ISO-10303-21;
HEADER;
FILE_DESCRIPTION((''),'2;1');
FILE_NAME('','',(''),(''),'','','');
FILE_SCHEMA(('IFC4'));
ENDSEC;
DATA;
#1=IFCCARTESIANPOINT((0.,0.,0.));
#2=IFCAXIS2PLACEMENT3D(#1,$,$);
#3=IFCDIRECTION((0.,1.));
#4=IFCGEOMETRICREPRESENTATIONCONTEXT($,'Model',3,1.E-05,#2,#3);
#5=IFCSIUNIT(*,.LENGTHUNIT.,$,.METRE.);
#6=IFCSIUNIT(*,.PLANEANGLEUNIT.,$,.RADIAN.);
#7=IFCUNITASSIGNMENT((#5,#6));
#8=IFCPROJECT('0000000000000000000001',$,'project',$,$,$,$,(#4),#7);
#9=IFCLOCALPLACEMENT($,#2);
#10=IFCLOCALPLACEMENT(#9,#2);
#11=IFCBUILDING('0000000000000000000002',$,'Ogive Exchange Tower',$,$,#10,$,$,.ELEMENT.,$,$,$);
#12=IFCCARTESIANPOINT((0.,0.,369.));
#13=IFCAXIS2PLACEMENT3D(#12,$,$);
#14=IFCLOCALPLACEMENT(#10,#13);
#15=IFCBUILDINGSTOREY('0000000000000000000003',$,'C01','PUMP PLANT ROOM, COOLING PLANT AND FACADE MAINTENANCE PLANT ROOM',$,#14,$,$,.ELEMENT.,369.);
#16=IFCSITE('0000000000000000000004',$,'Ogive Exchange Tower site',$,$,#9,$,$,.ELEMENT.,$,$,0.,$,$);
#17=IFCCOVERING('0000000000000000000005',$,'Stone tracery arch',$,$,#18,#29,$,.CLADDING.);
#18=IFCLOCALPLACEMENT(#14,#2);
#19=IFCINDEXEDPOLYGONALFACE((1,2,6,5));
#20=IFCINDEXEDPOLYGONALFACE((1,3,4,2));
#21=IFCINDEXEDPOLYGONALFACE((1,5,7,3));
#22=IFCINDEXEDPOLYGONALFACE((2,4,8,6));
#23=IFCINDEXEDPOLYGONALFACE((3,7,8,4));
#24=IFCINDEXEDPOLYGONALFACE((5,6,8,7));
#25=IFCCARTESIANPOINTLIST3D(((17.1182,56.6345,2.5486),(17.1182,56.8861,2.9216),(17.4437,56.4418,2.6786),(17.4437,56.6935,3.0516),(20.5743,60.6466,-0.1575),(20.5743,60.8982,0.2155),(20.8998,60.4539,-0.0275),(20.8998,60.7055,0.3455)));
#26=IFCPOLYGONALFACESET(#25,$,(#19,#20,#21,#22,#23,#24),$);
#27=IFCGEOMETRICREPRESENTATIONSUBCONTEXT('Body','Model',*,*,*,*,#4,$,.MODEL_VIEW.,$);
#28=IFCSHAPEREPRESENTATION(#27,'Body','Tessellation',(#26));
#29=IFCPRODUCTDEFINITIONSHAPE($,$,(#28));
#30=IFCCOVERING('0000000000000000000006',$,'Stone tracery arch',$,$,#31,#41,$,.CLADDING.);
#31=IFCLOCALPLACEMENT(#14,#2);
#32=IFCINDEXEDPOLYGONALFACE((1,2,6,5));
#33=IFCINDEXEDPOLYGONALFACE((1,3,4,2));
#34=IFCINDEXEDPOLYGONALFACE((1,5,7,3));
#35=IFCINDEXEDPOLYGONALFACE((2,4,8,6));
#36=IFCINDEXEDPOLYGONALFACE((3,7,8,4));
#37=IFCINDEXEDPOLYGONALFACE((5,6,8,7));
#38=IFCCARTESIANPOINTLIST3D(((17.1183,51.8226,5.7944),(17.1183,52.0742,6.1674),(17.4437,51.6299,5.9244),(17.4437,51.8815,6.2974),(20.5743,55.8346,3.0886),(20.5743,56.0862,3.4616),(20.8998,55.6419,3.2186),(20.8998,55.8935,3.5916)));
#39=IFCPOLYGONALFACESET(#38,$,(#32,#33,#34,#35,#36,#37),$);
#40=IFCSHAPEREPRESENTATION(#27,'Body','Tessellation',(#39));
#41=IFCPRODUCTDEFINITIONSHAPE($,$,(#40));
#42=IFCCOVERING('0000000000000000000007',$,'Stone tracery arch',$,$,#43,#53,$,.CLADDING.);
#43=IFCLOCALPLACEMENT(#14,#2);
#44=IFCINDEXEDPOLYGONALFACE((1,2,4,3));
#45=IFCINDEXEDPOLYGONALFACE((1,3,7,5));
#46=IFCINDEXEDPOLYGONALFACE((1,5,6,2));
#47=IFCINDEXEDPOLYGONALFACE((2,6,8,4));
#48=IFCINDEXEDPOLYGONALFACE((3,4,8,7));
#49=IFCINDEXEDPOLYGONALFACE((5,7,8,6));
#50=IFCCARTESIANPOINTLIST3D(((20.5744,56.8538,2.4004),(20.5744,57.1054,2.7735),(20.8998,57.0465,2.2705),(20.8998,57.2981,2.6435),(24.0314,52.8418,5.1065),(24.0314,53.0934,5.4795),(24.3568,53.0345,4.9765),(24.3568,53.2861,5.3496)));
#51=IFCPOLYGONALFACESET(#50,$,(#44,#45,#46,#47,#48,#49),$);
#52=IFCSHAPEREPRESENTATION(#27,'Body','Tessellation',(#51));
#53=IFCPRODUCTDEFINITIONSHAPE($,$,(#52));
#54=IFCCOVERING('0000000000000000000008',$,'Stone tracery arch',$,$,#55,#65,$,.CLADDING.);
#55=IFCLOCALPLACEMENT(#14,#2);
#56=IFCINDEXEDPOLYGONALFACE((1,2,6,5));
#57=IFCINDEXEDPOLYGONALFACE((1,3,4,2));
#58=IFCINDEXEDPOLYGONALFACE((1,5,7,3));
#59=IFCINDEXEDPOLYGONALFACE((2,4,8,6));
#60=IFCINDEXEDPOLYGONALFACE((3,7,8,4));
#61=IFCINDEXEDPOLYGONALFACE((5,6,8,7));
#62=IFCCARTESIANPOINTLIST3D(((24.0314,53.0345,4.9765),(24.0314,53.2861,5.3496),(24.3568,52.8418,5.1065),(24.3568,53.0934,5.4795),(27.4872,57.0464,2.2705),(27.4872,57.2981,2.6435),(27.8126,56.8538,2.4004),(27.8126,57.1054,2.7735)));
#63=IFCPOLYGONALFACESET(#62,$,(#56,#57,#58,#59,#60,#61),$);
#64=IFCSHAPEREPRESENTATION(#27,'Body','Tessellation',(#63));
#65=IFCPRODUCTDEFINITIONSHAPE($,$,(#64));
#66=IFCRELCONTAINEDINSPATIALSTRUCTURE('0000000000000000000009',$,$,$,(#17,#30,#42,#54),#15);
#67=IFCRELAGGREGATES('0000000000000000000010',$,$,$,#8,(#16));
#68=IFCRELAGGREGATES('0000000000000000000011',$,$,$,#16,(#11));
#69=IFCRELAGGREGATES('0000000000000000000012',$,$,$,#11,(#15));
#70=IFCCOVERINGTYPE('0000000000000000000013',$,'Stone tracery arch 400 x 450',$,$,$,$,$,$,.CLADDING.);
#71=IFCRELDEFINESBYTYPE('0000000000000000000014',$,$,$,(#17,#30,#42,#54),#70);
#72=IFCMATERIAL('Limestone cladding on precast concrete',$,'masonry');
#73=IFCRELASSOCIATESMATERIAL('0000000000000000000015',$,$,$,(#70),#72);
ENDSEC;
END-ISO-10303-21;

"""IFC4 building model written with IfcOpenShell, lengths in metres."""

from ifc_helpers import new_model, si_unit, direction, frame, origin, origin_2d, place, context, subcontext, project, spatial, rectangle, extrude, material, material_profile, profile_set, type_object, element, save


model = new_model("IFC4")

# Units and contexts
model_context = context("Model", 3, precision=1e-05, world=origin(), true_north=direction((0.0, 1.0)))
body_context = subcontext(model_context, "Body", "Model", "MODEL_VIEW")
ifc_project = project(units=[si_unit("LENGTHUNIT", "METRE"), si_unit("PLANEANGLEUNIT", "RADIAN")], contexts=[model_context])

# Site, building, storey
site_placement = place(None, origin())
site = spatial("IfcSite", under=ifc_project, at=site_placement, Name="Ogive Exchange Tower site", CompositionType="ELEMENT", RefElevation=0.0)
building_placement = place(site_placement, origin())
building = spatial("IfcBuilding", under=site, at=building_placement, Name="Ogive Exchange Tower", CompositionType="ELEMENT")
storey_placement = place(building_placement, frame((0.0, 0.0, 369.0)))
storey = spatial("IfcBuildingStorey", under=building, at=storey_placement, Name="C01", Description="PUMP PLANT ROOM, COOLING PLANT AND FACADE MAINTENANCE PLANT ROOM", CompositionType="ELEMENT", Elevation=369.0)

# Coverings
ifc_material_1 = material(Name="Limestone cladding on precast concrete", Category="masonry")
ifc_material_profile_1 = material_profile(ifc_material_1, rectangle(XDim=0.3999, YDim=0.45, at=origin_2d()), Name="TRACERY 400 x 450")
ifc_profile_set_1 = profile_set([ifc_material_profile_1], Name="Limestone cladding on precast concrete")
covering_type_1 = type_object("IfcCoveringType", Name="Stone tracery arch 400 x 450", PredefinedType="CLADDING", material=ifc_profile_set_1)
covering_1_placement = place(storey_placement, frame((20.7371, 60.676, 0.094), z_axis=(-0.581175, -0.674657, 0.455054), x_axis=(0.813779, -0.48182, 0.324982)))
element("IfcCovering", 1, at=covering_1_placement, inside=storey, type_object=covering_type_1, Name="Stone tracery arch", PredefinedType="CLADDING", context=body_context, shape_type="SweptSolid", body=[
    extrude(rectangle(XDim=0.3999, YDim=0.45, at=origin_2d()), origin(), (0.0, 0.0, 1.0), 5.9468),
])
covering_2_placement = place(storey_placement, frame((20.7371, 55.864, 3.3401), z_axis=(-0.581186, -0.67467, 0.455021), x_axis=(0.813771, -0.481829, 0.324988)))
element("IfcCovering", 2, at=covering_2_placement, inside=storey, type_object=covering_type_1, Name="Stone tracery arch", PredefinedType="CLADDING", context=body_context, shape_type="SweptSolid", body=[
    extrude(rectangle(XDim=0.3999, YDim=0.45, at=origin_2d()), origin(), (0.0, 0.0, 1.0), 5.9465),
])
covering_3_placement = place(storey_placement, frame((20.7371, 57.0759, 2.522), z_axis=(0.581283, -0.674593, 0.45501), x_axis=(0.813701, 0.481926, -0.325019)))
element("IfcCovering", 3, at=covering_3_placement, inside=storey, type_object=covering_type_1, Name="Stone tracery arch", PredefinedType="CLADDING", context=body_context, shape_type="SweptSolid", body=[
    extrude(rectangle(XDim=0.3999, YDim=0.45, at=origin_2d()), origin(), (0.0, 0.0, 1.0), 5.9473),
])
covering_4_placement = place(storey_placement, frame((27.6499, 57.0759, 2.522), z_axis=(-0.581148, -0.674673, 0.455065), x_axis=(0.813798, -0.481769, 0.325009)))
element("IfcCovering", 4, at=covering_4_placement, inside=storey, type_object=covering_type_1, Name="Stone tracery arch", PredefinedType="CLADDING", context=body_context, shape_type="SweptSolid", body=[
    extrude(rectangle(XDim=0.3999, YDim=0.45, at=origin_2d()), origin(), (0.0, 0.0, 1.0), 5.9465),
])

save(model, "model.ifc")
